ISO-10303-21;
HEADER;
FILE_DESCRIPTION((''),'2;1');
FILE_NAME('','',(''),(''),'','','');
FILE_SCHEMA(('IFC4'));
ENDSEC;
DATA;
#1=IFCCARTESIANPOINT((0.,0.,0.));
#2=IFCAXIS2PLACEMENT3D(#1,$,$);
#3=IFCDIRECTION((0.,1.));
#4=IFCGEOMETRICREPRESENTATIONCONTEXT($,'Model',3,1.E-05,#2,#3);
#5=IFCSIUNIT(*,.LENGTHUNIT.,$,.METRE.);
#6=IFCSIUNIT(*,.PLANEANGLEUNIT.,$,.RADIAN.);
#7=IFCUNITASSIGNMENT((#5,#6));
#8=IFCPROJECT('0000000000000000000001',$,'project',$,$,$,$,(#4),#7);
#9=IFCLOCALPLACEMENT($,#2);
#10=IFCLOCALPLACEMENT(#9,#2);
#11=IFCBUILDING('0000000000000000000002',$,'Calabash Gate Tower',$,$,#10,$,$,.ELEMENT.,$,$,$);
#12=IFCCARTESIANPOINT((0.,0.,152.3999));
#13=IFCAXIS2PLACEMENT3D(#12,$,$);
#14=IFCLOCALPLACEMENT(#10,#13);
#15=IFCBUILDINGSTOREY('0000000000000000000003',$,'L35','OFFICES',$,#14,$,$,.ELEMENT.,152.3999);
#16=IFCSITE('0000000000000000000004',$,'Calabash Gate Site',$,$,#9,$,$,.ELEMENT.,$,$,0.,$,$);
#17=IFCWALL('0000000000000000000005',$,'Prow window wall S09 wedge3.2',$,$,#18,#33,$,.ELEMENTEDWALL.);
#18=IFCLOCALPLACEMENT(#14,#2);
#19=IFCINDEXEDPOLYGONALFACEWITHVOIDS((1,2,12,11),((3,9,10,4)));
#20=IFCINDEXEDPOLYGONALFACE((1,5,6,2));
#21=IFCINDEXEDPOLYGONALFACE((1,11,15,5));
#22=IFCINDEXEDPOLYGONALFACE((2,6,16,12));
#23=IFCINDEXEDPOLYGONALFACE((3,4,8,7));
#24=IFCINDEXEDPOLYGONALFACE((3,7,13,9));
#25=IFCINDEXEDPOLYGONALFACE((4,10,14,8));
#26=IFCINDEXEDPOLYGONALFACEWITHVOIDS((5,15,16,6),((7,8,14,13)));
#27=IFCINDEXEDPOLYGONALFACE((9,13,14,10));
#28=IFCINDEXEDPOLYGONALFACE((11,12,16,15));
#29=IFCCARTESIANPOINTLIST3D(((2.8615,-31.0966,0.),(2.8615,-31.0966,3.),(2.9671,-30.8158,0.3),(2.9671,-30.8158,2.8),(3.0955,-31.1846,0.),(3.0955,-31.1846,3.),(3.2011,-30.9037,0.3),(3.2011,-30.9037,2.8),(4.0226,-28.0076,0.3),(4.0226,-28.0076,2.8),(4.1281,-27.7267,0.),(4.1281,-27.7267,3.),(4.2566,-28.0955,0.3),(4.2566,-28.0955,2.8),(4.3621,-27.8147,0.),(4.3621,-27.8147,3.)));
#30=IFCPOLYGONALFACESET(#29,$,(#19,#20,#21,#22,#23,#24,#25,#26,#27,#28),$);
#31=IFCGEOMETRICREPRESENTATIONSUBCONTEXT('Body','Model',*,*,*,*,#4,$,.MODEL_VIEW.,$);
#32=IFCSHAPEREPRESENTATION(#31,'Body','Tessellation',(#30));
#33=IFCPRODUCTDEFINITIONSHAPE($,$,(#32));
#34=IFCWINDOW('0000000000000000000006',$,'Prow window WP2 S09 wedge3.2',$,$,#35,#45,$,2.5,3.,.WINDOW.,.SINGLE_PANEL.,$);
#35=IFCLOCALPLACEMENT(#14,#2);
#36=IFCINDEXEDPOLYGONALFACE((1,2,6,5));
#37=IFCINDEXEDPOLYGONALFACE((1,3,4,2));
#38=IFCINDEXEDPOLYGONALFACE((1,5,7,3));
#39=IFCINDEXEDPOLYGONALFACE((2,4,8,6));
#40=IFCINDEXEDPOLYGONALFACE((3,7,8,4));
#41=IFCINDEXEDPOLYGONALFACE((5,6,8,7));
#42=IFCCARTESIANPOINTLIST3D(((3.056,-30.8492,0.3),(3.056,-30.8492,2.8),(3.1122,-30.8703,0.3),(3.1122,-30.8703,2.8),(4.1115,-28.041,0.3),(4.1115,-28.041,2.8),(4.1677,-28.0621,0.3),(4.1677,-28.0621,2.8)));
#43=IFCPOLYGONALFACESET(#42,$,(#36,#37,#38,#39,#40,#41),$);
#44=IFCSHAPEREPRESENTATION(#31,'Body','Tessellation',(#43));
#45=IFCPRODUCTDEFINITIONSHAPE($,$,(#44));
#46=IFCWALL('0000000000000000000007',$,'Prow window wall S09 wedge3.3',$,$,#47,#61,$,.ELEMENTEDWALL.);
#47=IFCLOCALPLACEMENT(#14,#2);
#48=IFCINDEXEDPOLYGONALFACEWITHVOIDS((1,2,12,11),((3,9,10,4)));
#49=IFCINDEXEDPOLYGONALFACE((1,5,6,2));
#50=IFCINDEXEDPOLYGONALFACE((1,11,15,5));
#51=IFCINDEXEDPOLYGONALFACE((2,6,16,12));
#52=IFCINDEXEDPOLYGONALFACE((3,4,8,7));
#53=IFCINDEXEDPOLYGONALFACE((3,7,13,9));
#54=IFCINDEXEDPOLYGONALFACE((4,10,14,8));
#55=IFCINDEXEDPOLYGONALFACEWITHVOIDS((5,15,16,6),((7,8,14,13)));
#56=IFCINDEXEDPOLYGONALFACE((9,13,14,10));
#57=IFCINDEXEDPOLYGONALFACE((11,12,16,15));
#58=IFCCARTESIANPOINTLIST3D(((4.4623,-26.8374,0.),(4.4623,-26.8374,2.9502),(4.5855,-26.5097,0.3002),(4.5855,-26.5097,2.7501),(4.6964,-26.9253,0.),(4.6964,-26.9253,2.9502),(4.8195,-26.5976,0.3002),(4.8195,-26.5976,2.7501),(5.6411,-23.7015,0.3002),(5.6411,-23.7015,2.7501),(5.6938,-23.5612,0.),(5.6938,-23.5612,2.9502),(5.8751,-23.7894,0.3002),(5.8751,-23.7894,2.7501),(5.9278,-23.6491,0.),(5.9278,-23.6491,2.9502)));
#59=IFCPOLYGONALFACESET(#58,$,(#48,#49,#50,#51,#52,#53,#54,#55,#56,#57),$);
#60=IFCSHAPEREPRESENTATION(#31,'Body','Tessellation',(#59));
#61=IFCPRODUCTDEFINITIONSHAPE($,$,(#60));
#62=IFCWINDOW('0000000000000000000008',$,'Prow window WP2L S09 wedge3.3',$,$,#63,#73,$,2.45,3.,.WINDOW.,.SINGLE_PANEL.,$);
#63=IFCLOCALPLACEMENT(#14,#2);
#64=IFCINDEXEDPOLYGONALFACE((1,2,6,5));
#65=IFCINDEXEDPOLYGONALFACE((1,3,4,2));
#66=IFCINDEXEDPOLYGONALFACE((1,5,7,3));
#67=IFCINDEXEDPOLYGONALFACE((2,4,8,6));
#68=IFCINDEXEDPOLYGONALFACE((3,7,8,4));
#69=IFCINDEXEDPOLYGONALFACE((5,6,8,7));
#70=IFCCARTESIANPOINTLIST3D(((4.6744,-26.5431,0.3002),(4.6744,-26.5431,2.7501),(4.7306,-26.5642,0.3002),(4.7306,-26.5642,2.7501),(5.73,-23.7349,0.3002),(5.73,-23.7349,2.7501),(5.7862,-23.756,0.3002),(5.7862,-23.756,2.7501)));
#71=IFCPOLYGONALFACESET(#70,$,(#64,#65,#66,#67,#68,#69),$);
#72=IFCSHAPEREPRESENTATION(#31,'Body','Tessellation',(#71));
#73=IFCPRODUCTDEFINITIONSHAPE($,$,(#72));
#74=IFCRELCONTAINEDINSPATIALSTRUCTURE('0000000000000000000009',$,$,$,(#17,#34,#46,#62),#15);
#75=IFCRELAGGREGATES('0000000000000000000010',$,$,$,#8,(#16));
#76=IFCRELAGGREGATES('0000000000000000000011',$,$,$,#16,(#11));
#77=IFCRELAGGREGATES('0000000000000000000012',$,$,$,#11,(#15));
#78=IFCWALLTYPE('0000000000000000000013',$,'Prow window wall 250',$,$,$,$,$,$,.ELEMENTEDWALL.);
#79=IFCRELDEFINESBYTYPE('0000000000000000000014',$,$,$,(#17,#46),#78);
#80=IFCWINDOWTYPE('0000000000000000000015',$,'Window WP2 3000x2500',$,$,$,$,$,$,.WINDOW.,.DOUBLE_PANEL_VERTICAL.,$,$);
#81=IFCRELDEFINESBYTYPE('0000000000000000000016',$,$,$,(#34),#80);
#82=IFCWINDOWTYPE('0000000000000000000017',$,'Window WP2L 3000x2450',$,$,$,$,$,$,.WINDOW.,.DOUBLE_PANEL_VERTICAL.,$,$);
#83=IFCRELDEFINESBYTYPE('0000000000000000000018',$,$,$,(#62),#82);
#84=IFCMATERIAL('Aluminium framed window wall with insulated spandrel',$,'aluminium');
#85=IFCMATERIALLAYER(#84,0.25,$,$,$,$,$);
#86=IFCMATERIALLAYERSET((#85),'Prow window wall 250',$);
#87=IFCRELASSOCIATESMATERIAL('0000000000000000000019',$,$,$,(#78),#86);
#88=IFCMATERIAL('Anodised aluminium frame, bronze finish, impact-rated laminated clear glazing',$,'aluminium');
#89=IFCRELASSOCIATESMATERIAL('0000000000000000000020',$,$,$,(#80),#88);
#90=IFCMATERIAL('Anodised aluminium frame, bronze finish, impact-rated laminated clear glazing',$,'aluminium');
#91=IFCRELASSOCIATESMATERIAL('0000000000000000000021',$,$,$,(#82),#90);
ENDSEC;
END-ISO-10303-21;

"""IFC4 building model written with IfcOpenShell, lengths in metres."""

from ifc_helpers import new_model, si_unit, direction, frame, frame_2d, origin, place, context, subcontext, project, spatial, rectangle, extrude, material, layer, layer_set, type_object, element, fill, save


model = new_model("IFC4")

# Units and contexts
model_context = context("Model", 3, precision=1e-05, world=origin(), true_north=direction((0.0, 1.0)))
body_context = subcontext(model_context, "Body", "Model", "MODEL_VIEW")
ifc_project = project(units=[si_unit("LENGTHUNIT", "METRE"), si_unit("PLANEANGLEUNIT", "RADIAN")], contexts=[model_context])

# Site, building, storey
site_placement = place(None, origin())
site = spatial("IfcSite", under=ifc_project, at=site_placement, Name="Calabash Gate Site", CompositionType="ELEMENT", RefElevation=0.0)
building_placement = place(site_placement, origin())
building = spatial("IfcBuilding", under=site, at=building_placement, Name="Calabash Gate Tower", CompositionType="ELEMENT")
storey_placement = place(building_placement, frame((0.0, 0.0, 152.3999)))
storey = spatial("IfcBuildingStorey", under=building, at=storey_placement, Name="L35", Description="OFFICES", CompositionType="ELEMENT", Elevation=152.3999)

# Walls, openings, windows
ifc_material_1 = material(Name="Aluminium framed window wall with insulated spandrel", Category="aluminium")
ifc_layer_1 = layer(ifc_material_1, 0.25)
ifc_layer_set_1 = layer_set([ifc_layer_1], Name="Prow window wall 250")
wall_type_1 = type_object("IfcWallType", Name="Prow window wall 250", PredefinedType="ELEMENTEDWALL", material=ifc_layer_set_1)
ifc_material_2 = material(Name="Anodised aluminium frame, bronze finish, impact-rated laminated clear glazing", Category="aluminium")
window_type_1 = type_object("IfcWindowType", Name="Window WP2 3000x2500", PartitioningType="DOUBLE_PANEL_VERTICAL", PredefinedType="WINDOW", material=ifc_material_2)
wall_1_placement = place(storey_placement, frame((2.9785, -31.1406, 0.0), z_axis=(0.0, 0.0, 1.0), x_axis=(0.351829, 0.936064, 0.0)))
wall_1 = element("IfcWall", 1, at=wall_1_placement, inside=storey, type_object=wall_type_1, Name="Prow window wall S09 wedge3.2", PredefinedType="ELEMENTEDWALL", context=body_context, shape_type="SweptSolid", body=[
    extrude(rectangle(XDim=3.6001, YDim=0.25, at=frame_2d((1.8, 0.0))), origin(), (0.0, 0.0, 1.0), 3.0),
])
opening_1_placement = place(wall_1_placement, frame((0.3, 0.0, 0.3)))
opening_1 = element("IfcOpeningElement", 2, at=opening_1_placement, cuts=wall_1, PredefinedType="OPENING", context=body_context, shape_type="SweptSolid", body=[
    extrude(rectangle(XDim=3.0, YDim=2.5, at=frame_2d((1.5, 1.25))), frame((0.0, 0.135, 0.0), z_axis=(0.0, -1.0, 0.0), x_axis=(1.0, 0.0, 0.0)), (0.0, 0.0, 1.0), 0.27),
])
window_1_placement = place(opening_1_placement, origin())
window_1 = element("IfcWindow", 3, at=window_1_placement, inside=storey, type_object=window_type_1, Name="Prow window WP2 S09 wedge3.2", OverallHeight=2.5, OverallWidth=3.0, PartitioningType="SINGLE_PANEL", PredefinedType="WINDOW", context=body_context, shape_type="SweptSolid", body=[
    extrude(rectangle(XDim=3.0, YDim=2.5, at=frame_2d((1.5, 1.25))), frame((0.0, 0.03, 0.0), z_axis=(0.0, -1.0, 0.0), x_axis=(1.0, 0.0, 0.0)), (0.0, 0.0, 1.0), 0.0601),
])
fill(opening_1, window_1)
wall_2_placement = place(storey_placement, frame((4.5793, -26.8813, 0.0), z_axis=(0.0, 0.0, 1.0), x_axis=(0.35185, 0.936057, 0.0)))
wall_2 = element("IfcWall", 4, at=wall_2_placement, inside=storey, type_object=wall_type_1, Name="Prow window wall S09 wedge3.3", PredefinedType="ELEMENTEDWALL", context=body_context, shape_type="SweptSolid", body=[
    extrude(rectangle(XDim=3.5, YDim=0.25, at=frame_2d((1.75, 0.0))), origin(), (0.0, 0.0, 1.0), 2.9502),
])
opening_2_placement = place(wall_2_placement, frame((0.3501, 0.0, 0.3)))
opening_2 = element("IfcOpeningElement", 5, at=opening_2_placement, cuts=wall_2, PredefinedType="OPENING", context=body_context, shape_type="SweptSolid", body=[
    extrude(rectangle(XDim=3.0, YDim=2.45, at=frame_2d((1.5, 1.2251))), frame((0.0, 0.135, 0.0), z_axis=(0.0, -1.0, 0.0), x_axis=(1.0, 0.0, 0.0)), (0.0, 0.0, 1.0), 0.27),
])
ifc_material_3 = material(Name="Anodised aluminium frame, bronze finish, impact-rated laminated clear glazing", Category="aluminium")
window_type_2 = type_object("IfcWindowType", Name="Window WP2L 3000x2450", PartitioningType="DOUBLE_PANEL_VERTICAL", PredefinedType="WINDOW", material=ifc_material_3)
window_2_placement = place(opening_2_placement, origin())
window_2 = element("IfcWindow", 6, at=window_2_placement, inside=storey, type_object=window_type_2, Name="Prow window WP2L S09 wedge3.3", OverallHeight=2.45, OverallWidth=3.0, PartitioningType="SINGLE_PANEL", PredefinedType="WINDOW", context=body_context, shape_type="SweptSolid", body=[
    extrude(rectangle(XDim=3.0, YDim=2.45, at=frame_2d((1.5, 1.2251))), frame((0.0, 0.03, 0.0), z_axis=(0.0, -1.0, 0.0), x_axis=(1.0, 0.0, 0.0)), (0.0, 0.0, 1.0), 0.0601),
])
fill(opening_2, window_2)

save(model, "model.ifc")
